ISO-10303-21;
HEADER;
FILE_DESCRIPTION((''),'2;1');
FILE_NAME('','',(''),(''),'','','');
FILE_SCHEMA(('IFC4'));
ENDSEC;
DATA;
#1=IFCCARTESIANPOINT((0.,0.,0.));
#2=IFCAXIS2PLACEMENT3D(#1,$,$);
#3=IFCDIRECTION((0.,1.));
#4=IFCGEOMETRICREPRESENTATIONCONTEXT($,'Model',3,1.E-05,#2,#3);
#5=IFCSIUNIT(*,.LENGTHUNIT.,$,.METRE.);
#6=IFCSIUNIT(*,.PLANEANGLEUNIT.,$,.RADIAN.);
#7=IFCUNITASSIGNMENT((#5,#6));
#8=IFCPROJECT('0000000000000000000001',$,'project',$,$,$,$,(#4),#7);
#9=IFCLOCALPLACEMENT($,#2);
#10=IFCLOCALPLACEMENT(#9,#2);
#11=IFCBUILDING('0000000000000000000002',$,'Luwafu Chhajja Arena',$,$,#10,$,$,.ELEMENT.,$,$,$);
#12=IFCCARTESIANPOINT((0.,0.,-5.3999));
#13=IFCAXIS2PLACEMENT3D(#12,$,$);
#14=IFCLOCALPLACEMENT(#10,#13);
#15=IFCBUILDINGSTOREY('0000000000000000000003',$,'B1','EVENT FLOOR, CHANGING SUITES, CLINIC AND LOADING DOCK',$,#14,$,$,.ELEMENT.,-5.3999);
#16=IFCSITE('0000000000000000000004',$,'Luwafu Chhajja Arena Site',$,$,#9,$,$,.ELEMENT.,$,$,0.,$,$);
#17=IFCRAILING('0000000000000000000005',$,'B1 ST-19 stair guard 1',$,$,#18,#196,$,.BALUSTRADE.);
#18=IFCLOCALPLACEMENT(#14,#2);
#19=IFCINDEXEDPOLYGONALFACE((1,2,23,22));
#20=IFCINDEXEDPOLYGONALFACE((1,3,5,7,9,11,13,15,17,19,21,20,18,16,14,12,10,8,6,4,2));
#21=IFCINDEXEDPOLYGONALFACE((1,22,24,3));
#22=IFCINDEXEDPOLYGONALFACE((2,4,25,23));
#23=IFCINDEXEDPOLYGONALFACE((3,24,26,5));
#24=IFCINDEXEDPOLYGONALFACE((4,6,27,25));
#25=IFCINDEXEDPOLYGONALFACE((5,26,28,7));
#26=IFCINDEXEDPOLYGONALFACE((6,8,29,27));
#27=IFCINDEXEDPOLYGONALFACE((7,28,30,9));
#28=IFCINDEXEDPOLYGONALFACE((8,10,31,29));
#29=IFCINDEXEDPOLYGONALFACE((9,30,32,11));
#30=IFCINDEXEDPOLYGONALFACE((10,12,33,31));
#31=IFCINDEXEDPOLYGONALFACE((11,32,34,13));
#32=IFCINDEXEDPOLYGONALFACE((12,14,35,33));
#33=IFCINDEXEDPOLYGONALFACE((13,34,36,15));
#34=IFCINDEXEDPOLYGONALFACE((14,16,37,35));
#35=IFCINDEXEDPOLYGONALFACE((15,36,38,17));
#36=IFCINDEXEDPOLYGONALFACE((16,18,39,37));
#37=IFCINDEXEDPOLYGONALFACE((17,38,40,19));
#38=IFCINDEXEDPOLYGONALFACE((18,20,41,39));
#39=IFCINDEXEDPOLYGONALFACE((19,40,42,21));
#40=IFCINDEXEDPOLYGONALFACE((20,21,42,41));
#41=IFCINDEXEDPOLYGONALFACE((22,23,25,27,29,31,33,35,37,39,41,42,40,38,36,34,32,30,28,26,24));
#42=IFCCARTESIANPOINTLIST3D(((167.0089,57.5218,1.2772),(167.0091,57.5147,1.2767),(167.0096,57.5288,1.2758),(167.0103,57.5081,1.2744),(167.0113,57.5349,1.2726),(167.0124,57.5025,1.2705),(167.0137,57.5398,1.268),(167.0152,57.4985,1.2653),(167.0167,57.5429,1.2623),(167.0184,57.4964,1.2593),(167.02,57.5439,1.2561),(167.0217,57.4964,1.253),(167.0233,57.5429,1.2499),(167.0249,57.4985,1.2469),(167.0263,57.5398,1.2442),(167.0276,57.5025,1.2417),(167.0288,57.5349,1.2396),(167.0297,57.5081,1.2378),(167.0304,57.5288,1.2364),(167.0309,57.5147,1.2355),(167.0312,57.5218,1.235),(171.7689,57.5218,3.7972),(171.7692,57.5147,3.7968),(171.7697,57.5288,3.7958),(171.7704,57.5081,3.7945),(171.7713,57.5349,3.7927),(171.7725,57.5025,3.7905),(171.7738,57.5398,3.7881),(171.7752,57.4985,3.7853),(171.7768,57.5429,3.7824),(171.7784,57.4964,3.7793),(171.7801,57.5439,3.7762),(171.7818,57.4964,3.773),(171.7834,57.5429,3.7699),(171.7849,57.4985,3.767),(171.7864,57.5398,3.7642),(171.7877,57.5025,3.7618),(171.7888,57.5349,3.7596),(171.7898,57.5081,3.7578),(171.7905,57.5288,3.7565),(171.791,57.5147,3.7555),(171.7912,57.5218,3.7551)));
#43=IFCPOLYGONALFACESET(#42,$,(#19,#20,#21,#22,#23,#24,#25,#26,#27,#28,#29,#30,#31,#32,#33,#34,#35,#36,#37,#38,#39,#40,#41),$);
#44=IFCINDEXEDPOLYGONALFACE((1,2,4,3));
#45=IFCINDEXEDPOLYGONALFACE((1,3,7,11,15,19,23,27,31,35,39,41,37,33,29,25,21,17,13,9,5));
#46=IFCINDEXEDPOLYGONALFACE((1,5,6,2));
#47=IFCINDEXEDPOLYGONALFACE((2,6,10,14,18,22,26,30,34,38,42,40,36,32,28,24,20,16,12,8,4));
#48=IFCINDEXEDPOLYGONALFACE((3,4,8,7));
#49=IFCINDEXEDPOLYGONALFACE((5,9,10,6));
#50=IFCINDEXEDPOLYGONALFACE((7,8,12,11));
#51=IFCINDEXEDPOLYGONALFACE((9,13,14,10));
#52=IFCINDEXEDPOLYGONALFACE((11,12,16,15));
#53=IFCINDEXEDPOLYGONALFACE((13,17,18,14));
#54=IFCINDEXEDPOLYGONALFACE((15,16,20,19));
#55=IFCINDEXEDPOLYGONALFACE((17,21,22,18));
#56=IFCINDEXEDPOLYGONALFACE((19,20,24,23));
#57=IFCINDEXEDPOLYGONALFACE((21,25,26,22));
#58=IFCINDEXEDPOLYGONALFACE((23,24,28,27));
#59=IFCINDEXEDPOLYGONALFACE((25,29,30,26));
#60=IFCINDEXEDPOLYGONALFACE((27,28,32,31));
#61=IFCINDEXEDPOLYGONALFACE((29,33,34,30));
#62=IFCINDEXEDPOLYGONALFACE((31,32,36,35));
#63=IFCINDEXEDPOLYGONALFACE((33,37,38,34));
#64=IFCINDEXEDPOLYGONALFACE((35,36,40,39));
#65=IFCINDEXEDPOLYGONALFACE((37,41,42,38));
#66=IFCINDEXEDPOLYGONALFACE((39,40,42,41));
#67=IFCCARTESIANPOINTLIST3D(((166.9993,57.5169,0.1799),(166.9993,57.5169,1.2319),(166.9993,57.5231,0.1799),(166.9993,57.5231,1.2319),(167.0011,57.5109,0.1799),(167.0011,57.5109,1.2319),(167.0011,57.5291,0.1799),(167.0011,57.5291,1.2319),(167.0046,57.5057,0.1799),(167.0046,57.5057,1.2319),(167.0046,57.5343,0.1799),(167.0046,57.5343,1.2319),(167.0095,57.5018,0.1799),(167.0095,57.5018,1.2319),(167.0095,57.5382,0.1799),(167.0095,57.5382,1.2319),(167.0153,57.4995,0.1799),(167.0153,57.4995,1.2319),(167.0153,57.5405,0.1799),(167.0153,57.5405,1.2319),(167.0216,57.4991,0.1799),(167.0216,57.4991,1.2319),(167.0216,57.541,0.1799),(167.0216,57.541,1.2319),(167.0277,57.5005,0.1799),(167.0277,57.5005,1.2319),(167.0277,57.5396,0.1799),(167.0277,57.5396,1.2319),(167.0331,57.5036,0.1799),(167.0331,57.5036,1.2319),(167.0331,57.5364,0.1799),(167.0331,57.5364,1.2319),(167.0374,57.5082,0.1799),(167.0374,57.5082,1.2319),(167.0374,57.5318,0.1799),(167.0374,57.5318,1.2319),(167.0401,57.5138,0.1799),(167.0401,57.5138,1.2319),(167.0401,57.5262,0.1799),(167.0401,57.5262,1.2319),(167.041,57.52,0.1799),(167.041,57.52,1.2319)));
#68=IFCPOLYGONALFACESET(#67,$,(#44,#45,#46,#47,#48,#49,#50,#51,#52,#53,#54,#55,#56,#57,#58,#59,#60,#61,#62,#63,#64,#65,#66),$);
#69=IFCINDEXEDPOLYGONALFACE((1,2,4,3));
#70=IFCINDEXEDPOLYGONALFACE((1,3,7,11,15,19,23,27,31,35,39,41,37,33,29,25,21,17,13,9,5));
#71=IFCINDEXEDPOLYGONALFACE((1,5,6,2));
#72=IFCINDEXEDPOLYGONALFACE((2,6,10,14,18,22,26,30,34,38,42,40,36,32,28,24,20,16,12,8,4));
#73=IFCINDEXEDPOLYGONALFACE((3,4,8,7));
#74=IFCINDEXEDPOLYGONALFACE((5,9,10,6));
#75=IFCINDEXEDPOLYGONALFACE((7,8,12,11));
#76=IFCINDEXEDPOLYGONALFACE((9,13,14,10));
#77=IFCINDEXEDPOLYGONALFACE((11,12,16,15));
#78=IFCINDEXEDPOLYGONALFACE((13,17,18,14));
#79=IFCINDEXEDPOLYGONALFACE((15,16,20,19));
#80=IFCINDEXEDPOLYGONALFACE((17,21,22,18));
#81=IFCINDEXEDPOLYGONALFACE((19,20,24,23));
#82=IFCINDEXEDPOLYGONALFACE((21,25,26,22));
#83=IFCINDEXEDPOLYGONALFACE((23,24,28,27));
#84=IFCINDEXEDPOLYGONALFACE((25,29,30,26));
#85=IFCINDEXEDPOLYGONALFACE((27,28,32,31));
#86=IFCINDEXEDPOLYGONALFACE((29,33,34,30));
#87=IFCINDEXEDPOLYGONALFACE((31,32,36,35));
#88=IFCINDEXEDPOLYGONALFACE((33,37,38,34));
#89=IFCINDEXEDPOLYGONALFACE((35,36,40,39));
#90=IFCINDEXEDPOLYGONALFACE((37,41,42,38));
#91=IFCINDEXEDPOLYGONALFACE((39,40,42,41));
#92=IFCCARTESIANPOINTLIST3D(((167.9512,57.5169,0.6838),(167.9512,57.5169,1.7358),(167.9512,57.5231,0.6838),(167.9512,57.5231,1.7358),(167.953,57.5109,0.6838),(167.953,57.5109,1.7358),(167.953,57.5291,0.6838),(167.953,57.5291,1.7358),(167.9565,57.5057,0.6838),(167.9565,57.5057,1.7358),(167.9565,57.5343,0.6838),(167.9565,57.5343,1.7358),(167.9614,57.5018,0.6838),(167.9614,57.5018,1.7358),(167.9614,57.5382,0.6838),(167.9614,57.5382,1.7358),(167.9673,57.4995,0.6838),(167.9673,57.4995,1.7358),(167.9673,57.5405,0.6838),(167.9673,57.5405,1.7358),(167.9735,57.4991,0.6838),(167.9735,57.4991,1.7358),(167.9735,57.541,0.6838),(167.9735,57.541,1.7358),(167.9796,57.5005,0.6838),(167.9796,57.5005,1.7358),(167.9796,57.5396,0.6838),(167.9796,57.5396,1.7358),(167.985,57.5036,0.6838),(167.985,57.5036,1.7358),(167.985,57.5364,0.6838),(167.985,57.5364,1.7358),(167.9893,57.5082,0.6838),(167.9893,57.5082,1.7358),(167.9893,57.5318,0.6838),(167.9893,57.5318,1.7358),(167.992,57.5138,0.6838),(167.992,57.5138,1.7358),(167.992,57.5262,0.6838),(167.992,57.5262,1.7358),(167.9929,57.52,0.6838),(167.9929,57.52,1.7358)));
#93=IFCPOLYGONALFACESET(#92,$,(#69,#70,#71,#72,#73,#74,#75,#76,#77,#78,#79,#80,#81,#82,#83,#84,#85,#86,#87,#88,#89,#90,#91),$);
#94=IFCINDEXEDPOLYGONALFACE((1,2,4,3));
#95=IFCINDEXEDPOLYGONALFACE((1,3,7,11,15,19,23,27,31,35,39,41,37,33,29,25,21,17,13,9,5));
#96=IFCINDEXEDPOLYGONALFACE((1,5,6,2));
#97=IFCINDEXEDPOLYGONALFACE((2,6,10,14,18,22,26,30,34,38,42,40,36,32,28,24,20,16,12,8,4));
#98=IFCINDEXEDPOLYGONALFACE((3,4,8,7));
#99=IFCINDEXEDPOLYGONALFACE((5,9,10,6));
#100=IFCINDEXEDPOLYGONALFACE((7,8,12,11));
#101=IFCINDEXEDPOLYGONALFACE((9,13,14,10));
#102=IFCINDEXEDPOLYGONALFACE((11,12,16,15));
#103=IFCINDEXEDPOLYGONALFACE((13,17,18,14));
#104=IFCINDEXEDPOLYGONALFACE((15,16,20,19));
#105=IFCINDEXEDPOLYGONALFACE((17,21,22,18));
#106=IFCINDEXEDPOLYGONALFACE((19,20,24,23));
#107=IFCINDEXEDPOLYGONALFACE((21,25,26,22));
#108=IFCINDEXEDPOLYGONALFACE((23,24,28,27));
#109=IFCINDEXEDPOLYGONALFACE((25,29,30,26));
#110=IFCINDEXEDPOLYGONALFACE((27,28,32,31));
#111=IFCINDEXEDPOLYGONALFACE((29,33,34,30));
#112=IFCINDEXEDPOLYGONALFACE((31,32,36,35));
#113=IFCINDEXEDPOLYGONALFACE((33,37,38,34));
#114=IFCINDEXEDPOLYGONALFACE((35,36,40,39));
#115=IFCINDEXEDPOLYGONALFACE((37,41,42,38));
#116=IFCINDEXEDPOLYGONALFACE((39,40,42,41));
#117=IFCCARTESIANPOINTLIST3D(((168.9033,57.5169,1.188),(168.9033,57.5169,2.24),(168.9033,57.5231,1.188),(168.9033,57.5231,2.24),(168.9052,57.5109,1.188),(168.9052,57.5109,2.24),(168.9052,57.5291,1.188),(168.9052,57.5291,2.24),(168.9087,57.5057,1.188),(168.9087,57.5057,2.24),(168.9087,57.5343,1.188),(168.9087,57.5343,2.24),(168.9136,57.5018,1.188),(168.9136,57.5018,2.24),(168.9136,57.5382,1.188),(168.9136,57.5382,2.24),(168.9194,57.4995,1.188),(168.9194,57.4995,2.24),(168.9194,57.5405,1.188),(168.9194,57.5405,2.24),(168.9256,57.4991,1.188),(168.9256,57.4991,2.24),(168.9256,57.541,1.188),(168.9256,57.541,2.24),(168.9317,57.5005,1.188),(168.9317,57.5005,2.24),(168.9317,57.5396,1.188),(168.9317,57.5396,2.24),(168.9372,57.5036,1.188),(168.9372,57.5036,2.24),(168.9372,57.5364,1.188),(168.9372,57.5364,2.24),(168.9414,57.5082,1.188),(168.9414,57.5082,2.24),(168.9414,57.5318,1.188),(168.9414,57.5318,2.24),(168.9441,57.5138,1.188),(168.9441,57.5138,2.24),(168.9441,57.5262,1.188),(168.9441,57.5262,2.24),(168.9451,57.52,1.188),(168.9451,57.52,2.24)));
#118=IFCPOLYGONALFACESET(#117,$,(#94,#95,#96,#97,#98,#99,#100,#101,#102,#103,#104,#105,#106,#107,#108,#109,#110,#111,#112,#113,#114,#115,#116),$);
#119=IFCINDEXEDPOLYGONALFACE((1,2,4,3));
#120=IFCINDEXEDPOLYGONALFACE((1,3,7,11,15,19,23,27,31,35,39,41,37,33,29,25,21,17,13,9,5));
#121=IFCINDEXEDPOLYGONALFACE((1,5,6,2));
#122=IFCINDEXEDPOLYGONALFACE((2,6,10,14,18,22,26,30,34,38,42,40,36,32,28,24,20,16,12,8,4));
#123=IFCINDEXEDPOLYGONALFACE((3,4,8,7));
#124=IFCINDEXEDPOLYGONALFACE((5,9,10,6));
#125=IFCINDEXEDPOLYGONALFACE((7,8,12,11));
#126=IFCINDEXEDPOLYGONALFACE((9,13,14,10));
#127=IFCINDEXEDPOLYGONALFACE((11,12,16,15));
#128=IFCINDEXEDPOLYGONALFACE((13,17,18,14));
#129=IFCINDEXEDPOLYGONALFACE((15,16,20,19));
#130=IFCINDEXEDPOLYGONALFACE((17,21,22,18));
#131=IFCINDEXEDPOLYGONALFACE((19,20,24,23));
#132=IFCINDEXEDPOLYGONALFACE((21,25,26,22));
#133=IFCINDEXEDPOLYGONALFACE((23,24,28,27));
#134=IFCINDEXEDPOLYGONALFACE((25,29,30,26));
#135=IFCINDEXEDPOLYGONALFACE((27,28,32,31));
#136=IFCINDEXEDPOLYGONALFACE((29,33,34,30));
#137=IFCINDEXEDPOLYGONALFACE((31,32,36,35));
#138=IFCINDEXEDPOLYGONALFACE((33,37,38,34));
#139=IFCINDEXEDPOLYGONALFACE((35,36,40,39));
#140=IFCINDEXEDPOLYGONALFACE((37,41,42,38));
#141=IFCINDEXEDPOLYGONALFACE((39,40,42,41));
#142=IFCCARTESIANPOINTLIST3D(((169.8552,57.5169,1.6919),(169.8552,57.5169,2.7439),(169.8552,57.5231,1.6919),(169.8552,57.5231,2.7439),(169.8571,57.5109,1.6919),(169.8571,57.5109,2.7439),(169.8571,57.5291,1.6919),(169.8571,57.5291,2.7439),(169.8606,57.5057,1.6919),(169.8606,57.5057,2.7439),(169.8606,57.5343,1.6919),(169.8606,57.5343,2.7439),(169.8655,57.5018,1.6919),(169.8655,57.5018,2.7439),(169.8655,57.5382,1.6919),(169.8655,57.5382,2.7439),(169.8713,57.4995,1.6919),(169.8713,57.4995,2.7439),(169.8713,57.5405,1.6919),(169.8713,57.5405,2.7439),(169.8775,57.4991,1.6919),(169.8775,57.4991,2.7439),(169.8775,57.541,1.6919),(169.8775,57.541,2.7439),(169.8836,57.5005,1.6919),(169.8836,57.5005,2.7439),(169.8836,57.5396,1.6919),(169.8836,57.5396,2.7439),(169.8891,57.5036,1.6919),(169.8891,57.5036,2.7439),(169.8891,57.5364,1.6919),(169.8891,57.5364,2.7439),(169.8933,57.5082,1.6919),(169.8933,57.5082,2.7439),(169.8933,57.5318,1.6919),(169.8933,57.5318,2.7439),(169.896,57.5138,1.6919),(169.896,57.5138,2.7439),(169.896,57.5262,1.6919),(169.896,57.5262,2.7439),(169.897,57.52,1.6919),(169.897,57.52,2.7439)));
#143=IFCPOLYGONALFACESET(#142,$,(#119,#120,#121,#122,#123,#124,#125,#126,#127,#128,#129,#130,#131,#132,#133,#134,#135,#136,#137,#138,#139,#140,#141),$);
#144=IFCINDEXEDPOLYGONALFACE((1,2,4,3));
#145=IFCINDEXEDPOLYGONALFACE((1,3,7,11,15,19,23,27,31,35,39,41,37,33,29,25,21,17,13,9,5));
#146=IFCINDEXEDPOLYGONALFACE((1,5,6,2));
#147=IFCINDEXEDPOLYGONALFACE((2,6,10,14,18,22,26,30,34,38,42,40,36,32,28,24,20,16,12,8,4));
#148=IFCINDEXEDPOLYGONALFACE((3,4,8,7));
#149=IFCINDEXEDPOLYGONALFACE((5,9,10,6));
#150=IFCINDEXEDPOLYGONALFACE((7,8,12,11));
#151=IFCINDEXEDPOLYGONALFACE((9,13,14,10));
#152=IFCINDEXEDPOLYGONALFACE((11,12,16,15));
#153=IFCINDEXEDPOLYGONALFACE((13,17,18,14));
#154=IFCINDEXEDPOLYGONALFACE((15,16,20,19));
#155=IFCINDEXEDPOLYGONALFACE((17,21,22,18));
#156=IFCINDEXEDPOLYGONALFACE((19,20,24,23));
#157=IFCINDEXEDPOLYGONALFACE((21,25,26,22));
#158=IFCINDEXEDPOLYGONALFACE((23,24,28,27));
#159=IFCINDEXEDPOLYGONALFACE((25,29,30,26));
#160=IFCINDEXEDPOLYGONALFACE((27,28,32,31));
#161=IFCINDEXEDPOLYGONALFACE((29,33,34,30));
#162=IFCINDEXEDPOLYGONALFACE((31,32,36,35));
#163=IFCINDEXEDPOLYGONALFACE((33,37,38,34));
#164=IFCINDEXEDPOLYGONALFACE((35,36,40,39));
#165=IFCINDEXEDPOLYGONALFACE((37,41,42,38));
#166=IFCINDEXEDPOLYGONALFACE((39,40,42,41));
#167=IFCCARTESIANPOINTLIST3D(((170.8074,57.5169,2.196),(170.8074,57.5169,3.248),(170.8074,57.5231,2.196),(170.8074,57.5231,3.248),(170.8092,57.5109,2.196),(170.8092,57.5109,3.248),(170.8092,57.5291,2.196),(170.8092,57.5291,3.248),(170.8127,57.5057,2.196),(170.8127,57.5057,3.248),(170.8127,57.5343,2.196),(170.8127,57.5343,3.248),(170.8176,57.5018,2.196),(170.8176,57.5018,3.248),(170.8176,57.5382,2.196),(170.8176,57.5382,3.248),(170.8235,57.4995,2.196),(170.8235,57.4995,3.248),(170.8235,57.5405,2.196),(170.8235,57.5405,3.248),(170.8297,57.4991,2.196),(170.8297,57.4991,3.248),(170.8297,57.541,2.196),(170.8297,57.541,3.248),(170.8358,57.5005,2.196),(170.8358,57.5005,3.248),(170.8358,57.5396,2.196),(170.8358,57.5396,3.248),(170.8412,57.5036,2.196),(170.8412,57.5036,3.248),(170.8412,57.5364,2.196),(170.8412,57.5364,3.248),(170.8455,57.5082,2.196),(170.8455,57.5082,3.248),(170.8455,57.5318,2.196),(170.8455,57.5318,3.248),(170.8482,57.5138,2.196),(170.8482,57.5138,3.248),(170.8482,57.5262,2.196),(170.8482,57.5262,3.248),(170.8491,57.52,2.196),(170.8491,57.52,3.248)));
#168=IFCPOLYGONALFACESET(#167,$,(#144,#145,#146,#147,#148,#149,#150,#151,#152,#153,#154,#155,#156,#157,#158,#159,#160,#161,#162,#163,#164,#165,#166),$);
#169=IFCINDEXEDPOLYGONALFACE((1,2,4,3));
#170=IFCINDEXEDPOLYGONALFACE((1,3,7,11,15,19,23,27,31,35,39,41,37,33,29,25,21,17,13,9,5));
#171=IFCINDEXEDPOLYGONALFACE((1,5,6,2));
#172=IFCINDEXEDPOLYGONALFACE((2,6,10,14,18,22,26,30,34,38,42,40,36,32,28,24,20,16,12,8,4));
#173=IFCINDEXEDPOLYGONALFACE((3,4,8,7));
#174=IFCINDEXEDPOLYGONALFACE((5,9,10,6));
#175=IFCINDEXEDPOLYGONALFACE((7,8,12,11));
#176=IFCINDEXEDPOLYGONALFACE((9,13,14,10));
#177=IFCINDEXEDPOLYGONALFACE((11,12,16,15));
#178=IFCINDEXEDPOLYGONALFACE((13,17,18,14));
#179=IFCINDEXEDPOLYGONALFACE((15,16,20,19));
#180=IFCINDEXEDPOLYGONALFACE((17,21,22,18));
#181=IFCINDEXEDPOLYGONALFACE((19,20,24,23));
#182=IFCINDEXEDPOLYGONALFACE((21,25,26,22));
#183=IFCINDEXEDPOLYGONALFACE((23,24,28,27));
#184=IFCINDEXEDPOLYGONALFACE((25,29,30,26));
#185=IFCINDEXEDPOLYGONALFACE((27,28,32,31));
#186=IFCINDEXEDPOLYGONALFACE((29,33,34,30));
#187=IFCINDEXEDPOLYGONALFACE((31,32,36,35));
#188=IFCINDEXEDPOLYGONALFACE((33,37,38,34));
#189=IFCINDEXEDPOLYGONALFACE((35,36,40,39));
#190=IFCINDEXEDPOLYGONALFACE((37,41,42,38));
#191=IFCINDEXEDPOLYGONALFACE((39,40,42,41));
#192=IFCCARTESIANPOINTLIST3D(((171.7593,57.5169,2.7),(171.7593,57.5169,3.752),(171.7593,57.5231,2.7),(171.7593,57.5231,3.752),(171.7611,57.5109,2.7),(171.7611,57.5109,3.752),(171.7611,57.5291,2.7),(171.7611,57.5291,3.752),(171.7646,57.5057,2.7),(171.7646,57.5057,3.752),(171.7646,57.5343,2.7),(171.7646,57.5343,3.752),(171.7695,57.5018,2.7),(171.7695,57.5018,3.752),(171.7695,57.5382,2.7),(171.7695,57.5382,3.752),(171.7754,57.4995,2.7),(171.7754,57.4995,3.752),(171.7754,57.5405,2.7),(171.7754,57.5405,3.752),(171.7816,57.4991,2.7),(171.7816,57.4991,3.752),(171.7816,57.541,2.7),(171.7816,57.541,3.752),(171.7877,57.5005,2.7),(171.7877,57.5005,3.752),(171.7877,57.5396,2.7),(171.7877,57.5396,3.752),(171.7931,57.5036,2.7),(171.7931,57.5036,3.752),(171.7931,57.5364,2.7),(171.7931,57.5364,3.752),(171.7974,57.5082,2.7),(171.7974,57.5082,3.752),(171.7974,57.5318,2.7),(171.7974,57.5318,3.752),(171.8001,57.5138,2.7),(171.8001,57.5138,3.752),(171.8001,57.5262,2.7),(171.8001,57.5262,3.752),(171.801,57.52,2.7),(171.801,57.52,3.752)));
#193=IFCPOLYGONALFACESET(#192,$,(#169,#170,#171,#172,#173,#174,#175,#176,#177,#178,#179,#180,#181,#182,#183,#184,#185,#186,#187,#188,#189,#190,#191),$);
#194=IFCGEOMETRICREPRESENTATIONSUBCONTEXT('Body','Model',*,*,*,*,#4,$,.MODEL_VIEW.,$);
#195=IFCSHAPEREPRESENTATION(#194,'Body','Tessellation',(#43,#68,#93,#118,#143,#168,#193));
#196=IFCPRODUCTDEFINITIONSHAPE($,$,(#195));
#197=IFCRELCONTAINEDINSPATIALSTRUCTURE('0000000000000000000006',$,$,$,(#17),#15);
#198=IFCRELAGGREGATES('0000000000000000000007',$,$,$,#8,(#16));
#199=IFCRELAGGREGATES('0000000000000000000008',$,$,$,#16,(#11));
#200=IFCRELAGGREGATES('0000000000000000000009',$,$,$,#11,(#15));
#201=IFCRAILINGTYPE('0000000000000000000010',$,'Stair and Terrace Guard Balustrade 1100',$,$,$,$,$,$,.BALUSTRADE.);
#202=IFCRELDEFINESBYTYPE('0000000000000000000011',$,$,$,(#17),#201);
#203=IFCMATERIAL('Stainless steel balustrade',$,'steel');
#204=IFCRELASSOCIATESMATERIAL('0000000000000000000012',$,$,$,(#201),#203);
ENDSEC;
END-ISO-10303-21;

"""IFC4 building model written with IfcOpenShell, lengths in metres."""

from ifc_helpers import new_model, si_unit, direction, frame, origin, origin_2d, place, context, subcontext, project, spatial, circle, extrude, material, type_object, element, save


model = new_model("IFC4")

# Units and contexts
model_context = context("Model", 3, precision=1e-05, world=origin(), true_north=direction((0.0, 1.0)))
body_context = subcontext(model_context, "Body", "Model", "MODEL_VIEW")
ifc_project = project(units=[si_unit("LENGTHUNIT", "METRE"), si_unit("PLANEANGLEUNIT", "RADIAN")], contexts=[model_context])

# Site, building, storey
site_placement = place(None, origin())
site = spatial("IfcSite", under=ifc_project, at=site_placement, Name="Luwafu Chhajja Arena Site", CompositionType="ELEMENT", RefElevation=0.0)
building_placement = place(site_placement, origin())
building = spatial("IfcBuilding", under=site, at=building_placement, Name="Luwafu Chhajja Arena", CompositionType="ELEMENT")
storey_placement = place(building_placement, frame((0.0, 0.0, -5.3999)))
storey = spatial("IfcBuildingStorey", under=building, at=storey_placement, Name="B1", Description="EVENT FLOOR, CHANGING SUITES, CLINIC AND LOADING DOCK", CompositionType="ELEMENT", Elevation=-5.3999)

# Railing
ifc_material_1 = material(Name="Stainless steel balustrade", Category="steel")
railing_type_1 = type_object("IfcRailingType", Name="Stair and Terrace Guard Balustrade 1100", PredefinedType="BALUSTRADE", material=ifc_material_1)
railing_1_placement = place(storey_placement, frame((167.02, 57.52, 0.1799)))
element("IfcRailing", 1, at=railing_1_placement, inside=storey, type_object=railing_type_1, Name="B1 ST-19 stair guard 1", PredefinedType="BALUSTRADE", context=body_context, shape_type="SweptSolid", body=[
    extrude(circle(Radius=0.0239, at=origin_2d()), frame((0.0, 0.0, 1.0762), z_axis=(0.883787, 0.0, 0.46789), x_axis=(0.0, 1.0, 0.0)), (0.0, 0.0, 1.0), 5.386),
    extrude(circle(Radius=0.021, at=origin_2d()), origin(), (0.0, 0.0, 1.0), 1.052),
    extrude(circle(Radius=0.021, at=origin_2d()), frame((0.9519, 0.0, 0.5039)), (0.0, 0.0, 1.0), 1.052),
    extrude(circle(Radius=0.021, at=origin_2d()), frame((1.9041, 0.0, 1.0081)), (0.0, 0.0, 1.0), 1.052),
    extrude(circle(Radius=0.021, at=origin_2d()), frame((2.856, 0.0, 1.512)), (0.0, 0.0, 1.0), 1.052),
    extrude(circle(Radius=0.021, at=origin_2d()), frame((3.8081, 0.0, 2.0161)), (0.0, 0.0, 1.0), 1.052),
    extrude(circle(Radius=0.021, at=origin_2d()), frame((4.76, 0.0, 2.52)), (0.0, 0.0, 1.0), 1.052),
])

save(model, "model.ifc")
